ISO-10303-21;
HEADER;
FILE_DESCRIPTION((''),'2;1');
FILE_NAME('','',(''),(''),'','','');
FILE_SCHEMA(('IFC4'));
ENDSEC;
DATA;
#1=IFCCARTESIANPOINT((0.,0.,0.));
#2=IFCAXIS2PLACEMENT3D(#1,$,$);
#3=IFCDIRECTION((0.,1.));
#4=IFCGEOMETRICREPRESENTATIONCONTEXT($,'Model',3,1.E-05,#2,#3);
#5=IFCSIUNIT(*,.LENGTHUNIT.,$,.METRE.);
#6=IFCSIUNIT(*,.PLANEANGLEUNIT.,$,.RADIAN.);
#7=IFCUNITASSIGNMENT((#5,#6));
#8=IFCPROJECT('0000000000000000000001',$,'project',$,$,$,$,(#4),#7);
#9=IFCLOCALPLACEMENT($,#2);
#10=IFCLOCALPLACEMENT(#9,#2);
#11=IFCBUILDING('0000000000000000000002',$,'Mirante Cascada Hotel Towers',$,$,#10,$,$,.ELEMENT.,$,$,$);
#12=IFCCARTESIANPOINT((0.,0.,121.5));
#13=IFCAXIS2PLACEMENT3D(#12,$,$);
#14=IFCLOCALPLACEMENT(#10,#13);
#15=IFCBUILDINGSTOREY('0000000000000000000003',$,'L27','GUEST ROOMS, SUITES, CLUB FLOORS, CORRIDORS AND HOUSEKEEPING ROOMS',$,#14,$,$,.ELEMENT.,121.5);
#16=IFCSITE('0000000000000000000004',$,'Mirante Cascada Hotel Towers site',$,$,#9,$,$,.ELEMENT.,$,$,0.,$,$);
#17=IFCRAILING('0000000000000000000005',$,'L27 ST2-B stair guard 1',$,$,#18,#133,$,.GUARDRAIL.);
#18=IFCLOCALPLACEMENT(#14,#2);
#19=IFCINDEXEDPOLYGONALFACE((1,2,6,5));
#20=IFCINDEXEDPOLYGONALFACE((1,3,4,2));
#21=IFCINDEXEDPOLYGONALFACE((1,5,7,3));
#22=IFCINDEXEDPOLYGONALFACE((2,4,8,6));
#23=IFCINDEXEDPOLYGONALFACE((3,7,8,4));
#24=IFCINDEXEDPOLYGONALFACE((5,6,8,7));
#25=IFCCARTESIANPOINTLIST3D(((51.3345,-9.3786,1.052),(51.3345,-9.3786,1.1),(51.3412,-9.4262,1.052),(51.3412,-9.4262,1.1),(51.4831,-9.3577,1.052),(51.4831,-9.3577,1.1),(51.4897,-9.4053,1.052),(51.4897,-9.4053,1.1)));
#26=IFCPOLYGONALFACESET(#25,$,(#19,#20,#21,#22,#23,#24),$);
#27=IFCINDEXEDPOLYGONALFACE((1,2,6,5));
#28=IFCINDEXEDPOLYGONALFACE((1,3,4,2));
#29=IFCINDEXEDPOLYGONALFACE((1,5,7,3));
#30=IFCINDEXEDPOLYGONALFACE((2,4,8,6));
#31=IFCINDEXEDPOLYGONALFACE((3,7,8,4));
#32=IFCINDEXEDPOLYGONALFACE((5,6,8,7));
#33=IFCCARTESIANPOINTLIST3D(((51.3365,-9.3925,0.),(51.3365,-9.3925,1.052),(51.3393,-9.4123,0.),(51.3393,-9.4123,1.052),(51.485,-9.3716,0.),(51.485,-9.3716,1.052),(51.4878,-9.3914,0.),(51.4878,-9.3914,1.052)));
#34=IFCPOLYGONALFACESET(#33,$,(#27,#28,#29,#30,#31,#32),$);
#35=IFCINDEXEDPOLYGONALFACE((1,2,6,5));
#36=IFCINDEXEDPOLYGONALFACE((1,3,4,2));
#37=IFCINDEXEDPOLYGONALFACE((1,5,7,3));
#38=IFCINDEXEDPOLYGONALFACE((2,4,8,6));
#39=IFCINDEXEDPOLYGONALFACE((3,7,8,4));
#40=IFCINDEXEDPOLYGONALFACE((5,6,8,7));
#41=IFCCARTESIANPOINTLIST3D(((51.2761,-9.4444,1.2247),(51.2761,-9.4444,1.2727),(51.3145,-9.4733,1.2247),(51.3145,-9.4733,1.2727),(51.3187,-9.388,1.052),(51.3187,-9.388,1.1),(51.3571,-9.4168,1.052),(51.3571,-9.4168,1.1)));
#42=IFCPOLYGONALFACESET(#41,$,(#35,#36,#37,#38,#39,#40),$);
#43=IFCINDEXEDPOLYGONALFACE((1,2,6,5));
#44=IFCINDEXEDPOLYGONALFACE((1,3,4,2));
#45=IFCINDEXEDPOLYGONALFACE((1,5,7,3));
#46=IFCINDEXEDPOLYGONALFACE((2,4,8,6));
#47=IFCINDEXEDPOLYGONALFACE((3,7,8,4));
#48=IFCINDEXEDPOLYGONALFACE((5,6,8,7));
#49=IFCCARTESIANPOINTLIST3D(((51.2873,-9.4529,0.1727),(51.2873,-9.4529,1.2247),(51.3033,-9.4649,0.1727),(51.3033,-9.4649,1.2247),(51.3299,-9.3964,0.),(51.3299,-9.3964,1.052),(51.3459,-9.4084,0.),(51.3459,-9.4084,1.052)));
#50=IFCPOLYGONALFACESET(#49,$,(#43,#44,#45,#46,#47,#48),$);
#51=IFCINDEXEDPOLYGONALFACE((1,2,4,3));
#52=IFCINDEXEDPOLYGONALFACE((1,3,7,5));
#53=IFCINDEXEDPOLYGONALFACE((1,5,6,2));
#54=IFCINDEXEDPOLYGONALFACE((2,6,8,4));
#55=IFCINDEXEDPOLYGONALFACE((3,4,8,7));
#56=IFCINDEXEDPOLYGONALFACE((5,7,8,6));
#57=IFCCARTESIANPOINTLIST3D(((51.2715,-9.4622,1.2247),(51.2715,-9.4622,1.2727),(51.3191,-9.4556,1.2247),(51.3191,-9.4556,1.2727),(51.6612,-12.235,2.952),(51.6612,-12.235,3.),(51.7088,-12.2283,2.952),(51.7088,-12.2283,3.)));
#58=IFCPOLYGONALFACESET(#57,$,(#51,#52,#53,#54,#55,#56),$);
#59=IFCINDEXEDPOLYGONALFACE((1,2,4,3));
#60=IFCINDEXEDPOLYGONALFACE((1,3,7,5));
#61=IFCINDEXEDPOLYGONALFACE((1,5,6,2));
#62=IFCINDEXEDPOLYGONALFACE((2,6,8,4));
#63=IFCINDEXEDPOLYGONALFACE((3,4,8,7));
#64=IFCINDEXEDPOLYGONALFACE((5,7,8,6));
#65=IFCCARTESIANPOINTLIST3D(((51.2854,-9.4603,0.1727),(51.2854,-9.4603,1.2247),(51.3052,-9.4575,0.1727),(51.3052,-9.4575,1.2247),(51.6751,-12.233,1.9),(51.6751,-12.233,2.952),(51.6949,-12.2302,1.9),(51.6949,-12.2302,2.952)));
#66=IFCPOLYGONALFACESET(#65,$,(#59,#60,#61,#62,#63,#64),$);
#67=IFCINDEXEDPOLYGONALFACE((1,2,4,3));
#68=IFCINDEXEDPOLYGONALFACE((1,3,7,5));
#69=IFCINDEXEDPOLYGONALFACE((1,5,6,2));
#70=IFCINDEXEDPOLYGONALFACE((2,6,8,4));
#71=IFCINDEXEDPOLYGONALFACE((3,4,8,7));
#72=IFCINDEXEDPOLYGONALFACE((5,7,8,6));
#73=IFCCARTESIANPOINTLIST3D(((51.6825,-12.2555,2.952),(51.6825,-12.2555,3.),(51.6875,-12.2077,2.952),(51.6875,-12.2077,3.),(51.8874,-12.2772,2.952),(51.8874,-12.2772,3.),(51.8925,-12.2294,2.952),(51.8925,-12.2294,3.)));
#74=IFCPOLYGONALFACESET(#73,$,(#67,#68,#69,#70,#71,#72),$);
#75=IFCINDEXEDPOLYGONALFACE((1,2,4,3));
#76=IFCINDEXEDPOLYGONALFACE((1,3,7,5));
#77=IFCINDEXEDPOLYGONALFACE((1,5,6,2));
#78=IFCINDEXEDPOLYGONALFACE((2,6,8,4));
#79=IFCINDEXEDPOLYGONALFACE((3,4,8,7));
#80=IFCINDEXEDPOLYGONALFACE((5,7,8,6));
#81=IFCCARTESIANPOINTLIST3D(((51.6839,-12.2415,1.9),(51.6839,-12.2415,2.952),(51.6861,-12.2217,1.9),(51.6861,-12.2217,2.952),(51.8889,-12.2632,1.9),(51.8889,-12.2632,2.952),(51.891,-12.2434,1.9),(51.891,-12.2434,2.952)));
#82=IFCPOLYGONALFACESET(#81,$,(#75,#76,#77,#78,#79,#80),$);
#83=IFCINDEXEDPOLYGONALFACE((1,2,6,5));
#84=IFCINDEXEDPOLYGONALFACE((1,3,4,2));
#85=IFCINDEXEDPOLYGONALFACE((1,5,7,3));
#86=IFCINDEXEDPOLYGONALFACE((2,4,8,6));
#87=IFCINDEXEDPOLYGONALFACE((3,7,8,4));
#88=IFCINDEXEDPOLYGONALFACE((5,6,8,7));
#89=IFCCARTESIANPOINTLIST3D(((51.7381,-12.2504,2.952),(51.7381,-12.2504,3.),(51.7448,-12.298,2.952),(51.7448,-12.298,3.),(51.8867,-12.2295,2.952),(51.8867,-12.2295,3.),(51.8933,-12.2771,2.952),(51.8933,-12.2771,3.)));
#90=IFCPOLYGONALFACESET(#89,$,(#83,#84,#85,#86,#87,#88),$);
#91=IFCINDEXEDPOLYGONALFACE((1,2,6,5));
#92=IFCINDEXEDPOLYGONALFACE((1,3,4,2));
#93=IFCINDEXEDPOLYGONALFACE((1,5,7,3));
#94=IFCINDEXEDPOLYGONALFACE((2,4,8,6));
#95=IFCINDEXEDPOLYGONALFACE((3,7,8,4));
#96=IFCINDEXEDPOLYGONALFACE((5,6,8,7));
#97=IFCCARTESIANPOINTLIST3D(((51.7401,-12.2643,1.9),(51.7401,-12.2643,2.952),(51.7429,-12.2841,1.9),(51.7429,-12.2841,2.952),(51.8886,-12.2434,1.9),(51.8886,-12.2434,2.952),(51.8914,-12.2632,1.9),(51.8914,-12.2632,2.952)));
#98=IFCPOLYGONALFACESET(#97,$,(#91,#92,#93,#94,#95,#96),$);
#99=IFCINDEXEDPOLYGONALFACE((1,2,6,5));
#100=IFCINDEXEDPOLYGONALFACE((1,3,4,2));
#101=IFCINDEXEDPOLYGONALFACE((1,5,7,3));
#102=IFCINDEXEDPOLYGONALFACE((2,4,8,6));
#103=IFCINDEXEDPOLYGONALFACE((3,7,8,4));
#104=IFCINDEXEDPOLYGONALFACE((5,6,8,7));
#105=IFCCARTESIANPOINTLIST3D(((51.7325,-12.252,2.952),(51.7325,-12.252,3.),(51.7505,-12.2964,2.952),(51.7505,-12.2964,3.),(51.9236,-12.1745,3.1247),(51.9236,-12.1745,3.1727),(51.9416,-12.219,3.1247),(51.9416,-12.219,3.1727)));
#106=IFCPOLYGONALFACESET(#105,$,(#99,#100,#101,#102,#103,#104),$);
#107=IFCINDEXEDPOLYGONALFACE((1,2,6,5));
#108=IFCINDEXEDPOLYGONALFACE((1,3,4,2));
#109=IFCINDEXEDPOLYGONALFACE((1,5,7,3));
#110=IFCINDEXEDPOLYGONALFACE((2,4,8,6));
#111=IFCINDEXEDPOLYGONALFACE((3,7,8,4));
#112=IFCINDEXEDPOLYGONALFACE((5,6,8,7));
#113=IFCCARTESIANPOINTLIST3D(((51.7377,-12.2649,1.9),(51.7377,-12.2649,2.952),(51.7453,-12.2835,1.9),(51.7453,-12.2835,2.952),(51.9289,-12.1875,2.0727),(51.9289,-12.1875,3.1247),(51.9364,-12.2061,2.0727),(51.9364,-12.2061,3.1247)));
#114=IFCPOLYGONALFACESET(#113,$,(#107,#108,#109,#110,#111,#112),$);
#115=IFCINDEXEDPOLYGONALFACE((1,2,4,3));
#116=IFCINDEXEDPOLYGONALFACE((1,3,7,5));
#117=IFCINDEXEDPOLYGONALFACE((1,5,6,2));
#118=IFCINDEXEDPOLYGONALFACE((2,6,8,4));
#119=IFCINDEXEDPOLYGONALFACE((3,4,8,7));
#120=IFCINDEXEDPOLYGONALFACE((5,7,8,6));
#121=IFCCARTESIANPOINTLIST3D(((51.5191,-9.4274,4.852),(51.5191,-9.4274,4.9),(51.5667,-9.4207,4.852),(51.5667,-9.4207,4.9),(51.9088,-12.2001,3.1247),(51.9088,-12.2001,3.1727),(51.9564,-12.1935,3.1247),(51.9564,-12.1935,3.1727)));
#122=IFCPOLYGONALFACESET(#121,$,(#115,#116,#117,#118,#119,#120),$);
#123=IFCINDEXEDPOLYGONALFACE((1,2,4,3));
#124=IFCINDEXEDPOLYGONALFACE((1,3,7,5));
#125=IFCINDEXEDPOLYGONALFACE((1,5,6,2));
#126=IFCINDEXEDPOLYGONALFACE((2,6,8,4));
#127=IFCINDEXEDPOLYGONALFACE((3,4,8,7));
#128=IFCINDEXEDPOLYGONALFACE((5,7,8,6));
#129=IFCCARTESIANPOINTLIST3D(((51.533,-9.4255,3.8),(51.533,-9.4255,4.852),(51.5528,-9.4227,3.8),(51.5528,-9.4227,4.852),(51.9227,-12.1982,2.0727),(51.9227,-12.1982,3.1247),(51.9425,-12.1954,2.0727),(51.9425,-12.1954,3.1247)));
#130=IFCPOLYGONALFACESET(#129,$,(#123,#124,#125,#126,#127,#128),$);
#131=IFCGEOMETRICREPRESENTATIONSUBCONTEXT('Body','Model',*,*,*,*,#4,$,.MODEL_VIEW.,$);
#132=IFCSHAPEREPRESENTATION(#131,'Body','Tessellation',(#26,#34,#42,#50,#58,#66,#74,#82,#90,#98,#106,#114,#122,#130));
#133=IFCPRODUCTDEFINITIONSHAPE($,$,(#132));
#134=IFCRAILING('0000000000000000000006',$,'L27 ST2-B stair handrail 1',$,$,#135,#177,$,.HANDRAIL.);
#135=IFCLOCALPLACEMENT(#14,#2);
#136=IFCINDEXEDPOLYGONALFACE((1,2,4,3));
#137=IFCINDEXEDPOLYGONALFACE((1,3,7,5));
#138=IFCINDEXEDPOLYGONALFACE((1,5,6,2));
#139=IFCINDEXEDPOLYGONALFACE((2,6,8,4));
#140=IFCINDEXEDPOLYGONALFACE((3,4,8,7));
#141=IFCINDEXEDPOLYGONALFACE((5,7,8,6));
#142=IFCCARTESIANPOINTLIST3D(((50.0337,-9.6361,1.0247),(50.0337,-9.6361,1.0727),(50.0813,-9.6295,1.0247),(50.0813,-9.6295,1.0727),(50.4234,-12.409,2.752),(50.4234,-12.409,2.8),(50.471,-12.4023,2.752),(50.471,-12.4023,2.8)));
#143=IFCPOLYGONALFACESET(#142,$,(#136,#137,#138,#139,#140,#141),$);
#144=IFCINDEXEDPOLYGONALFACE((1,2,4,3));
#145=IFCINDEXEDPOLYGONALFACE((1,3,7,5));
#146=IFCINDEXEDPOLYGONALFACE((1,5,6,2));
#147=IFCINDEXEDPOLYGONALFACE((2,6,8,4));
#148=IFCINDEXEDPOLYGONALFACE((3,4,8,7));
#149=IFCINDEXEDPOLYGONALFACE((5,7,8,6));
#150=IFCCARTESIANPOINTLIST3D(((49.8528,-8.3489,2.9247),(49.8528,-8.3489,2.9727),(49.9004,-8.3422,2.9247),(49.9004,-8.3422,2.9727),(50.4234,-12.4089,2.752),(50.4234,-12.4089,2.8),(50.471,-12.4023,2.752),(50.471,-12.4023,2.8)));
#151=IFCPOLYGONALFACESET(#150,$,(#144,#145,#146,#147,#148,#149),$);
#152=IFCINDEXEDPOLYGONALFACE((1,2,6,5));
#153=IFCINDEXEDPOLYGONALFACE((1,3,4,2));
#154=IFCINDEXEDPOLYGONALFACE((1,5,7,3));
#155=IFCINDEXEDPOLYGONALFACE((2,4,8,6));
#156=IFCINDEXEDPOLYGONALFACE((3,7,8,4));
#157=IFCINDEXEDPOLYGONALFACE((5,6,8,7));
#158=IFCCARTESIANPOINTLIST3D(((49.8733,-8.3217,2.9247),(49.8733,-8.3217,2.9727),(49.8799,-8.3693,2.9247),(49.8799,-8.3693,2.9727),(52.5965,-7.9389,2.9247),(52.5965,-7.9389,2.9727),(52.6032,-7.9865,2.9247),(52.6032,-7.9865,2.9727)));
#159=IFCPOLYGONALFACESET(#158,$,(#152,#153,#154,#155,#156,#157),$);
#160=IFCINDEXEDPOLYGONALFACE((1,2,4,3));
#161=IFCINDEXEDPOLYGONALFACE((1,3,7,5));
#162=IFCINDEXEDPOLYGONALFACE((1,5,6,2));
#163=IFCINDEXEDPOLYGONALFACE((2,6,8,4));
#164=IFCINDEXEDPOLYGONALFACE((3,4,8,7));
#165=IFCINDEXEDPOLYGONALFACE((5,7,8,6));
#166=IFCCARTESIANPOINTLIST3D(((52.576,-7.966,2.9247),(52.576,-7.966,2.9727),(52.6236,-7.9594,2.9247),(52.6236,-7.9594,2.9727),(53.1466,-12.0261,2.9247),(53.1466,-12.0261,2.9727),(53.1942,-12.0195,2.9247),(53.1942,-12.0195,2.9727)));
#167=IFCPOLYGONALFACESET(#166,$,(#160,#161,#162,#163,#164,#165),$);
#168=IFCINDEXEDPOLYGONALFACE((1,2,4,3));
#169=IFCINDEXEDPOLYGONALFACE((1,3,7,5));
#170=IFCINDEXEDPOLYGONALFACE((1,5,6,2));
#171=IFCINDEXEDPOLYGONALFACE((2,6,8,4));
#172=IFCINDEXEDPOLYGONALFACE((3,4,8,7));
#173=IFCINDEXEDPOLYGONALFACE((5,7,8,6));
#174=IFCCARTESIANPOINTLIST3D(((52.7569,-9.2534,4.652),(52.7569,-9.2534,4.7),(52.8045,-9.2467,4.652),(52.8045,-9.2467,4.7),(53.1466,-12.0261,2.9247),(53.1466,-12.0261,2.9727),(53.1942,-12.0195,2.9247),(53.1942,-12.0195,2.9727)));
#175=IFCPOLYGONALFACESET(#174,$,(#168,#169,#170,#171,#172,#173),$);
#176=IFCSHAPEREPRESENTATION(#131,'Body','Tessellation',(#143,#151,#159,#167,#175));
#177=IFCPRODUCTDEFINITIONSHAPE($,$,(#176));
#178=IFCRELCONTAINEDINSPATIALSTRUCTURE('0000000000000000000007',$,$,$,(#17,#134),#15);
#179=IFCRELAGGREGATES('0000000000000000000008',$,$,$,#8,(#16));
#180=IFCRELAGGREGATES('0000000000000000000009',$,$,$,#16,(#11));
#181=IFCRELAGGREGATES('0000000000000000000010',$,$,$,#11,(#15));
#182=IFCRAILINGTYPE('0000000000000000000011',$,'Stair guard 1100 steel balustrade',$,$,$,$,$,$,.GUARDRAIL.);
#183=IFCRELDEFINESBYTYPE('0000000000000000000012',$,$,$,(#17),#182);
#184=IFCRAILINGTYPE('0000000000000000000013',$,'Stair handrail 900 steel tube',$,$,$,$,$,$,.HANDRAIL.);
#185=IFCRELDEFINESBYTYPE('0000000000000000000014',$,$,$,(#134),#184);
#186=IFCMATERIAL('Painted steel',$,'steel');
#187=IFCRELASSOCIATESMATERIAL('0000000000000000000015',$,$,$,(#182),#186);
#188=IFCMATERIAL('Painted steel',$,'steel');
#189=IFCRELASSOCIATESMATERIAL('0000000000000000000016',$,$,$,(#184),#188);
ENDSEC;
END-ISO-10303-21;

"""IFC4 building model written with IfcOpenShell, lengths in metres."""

from ifc_helpers import new_model, si_unit, direction, frame, origin, origin_2d, place, context, subcontext, project, spatial, rectangle, extrude, material, type_object, element, save


model = new_model("IFC4")

# Units and contexts
model_context = context("Model", 3, precision=1e-05, world=origin(), true_north=direction((0.0, 1.0)))
body_context = subcontext(model_context, "Body", "Model", "MODEL_VIEW")
ifc_project = project(units=[si_unit("LENGTHUNIT", "METRE"), si_unit("PLANEANGLEUNIT", "RADIAN")], contexts=[model_context])

# Site, building, storey
site_placement = place(None, origin())
site = spatial("IfcSite", under=ifc_project, at=site_placement, Name="Mirante Cascada Hotel Towers site", CompositionType="ELEMENT", RefElevation=0.0)
building_placement = place(site_placement, origin())
building = spatial("IfcBuilding", under=site, at=building_placement, Name="Mirante Cascada Hotel Towers", CompositionType="ELEMENT")
storey_placement = place(building_placement, frame((0.0, 0.0, 121.5)))
storey = spatial("IfcBuildingStorey", under=building, at=storey_placement, Name="L27", Description="GUEST ROOMS, SUITES, CLUB FLOORS, CORRIDORS AND HOUSEKEEPING ROOMS", CompositionType="ELEMENT", Elevation=121.5)

# Railings
ifc_material_1 = material(Name="Painted steel", Category="steel")
railing_type_1 = type_object("IfcRailingType", Name="Stair guard 1100 steel balustrade", PredefinedType="GUARDRAIL", material=ifc_material_1)
railing_1_placement = place(storey_placement, frame((51.4864, -9.3815, 0.0)))
element("IfcRailing", 1, at=railing_1_placement, inside=storey, type_object=railing_type_1, Name="L27 ST2-B stair guard 1", PredefinedType="GUARDRAIL", context=body_context, shape_type="SweptSolid", body=[
    extrude(rectangle(XDim=0.048, YDim=0.048, at=origin_2d()), frame((0.0, 0.0, 1.076), z_axis=(-0.990241, -0.139367, 0.0), x_axis=(0.139367, -0.990241, 0.0)), (0.0, 0.0, 1.0), 0.15),
    extrude(rectangle(XDim=0.02, YDim=1.052, at=origin_2d()), frame((0.0, 0.0, 0.526), z_axis=(-0.990241, -0.139367, 0.0), x_axis=(0.139367, -0.990241, 0.0)), (0.0, 0.0, 1.0), 0.15),
    extrude(rectangle(XDim=0.048, YDim=0.048, at=origin_2d()), frame((-0.1485, -0.0209, 1.076), z_axis=(-0.602033, -0.798471, 0.0), x_axis=(0.798471, -0.602033, 0.0)), (0.0, 0.92534, 0.379139), 0.1866),
    extrude(rectangle(XDim=0.02, YDim=1.052, at=origin_2d()), frame((-0.1485, -0.0209, 0.526), z_axis=(-0.602033, -0.798471, 0.0), x_axis=(0.798471, -0.602033, 0.0)), (0.0, 0.92534, 0.379139), 0.1866),
    extrude(rectangle(XDim=0.048, YDim=0.048, at=origin_2d()), frame((-0.1911, -0.0774, 1.2487), z_axis=(0.139181, -0.990267, 0.0), x_axis=(0.990267, 0.139181, 0.0)), (0.0, 0.525035, 0.851081), 3.2899),
    extrude(rectangle(XDim=0.02, YDim=1.052, at=origin_2d()), frame((-0.1911, -0.0774, 0.6987), z_axis=(0.139181, -0.990267, 0.0), x_axis=(0.990267, 0.139181, 0.0)), (0.0, 0.525035, 0.851081), 3.2899),
    extrude(rectangle(XDim=0.048, YDim=0.048, at=origin_2d()), frame((0.1986, -2.8501, 2.976), z_axis=(0.994444, -0.105266, 0.0), x_axis=(0.105266, 0.994444, 0.0)), (0.0, 0.0, 1.0), 0.2061),
    extrude(rectangle(XDim=0.02, YDim=1.052, at=origin_2d()), frame((0.1986, -2.8501, 2.426), z_axis=(0.994444, -0.105266, 0.0), x_axis=(0.105266, 0.994444, 0.0)), (0.0, 0.0, 1.0), 0.2061),
    extrude(rectangle(XDim=0.048, YDim=0.048, at=origin_2d()), frame((0.4036, -2.8718, 2.976), z_axis=(-0.990241, -0.139367, 0.0), x_axis=(0.139367, -0.990241, 0.0)), (0.0, 0.0, 1.0), 0.15),
    extrude(rectangle(XDim=0.02, YDim=1.052, at=origin_2d()), frame((0.4036, -2.8718, 2.426), z_axis=(-0.990241, -0.139367, 0.0), x_axis=(0.139367, -0.990241, 0.0)), (0.0, 0.0, 1.0), 0.15),
    extrude(rectangle(XDim=0.048, YDim=0.048, at=origin_2d()), frame((0.2551, -2.8927, 2.976), z_axis=(0.926862, 0.375401, 0.0), x_axis=(-0.375401, 0.926862, 0.0)), (0.0, 0.642122, 0.766603), 0.269),
    extrude(rectangle(XDim=0.02, YDim=1.052, at=origin_2d()), frame((0.2551, -2.8927, 2.426), z_axis=(0.926862, 0.375401, 0.0), x_axis=(-0.375401, 0.926862, 0.0)), (0.0, 0.642122, 0.766603), 0.269),
    extrude(rectangle(XDim=0.048, YDim=0.048, at=origin_2d()), frame((0.4462, -2.8153, 3.1487), z_axis=(-0.139181, 0.990267, 0.0), x_axis=(-0.990267, -0.139181, 0.0)), (0.0, 0.525035, 0.851081), 3.2899),
    extrude(rectangle(XDim=0.02, YDim=1.052, at=origin_2d()), frame((0.4462, -2.8153, 2.5987), z_axis=(-0.139181, 0.990267, 0.0), x_axis=(-0.990267, -0.139181, 0.0)), (0.0, 0.525035, 0.851081), 3.2899),
])
ifc_material_2 = material(Name="Painted steel", Category="steel")
railing_type_2 = type_object("IfcRailingType", Name="Stair handrail 900 steel tube", PredefinedType="HANDRAIL", material=ifc_material_2)
railing_2_placement = place(storey_placement, frame((50.0575, -9.6328, 0.1727)))
element("IfcRailing", 2, at=railing_2_placement, inside=storey, type_object=railing_type_2, Name="L27 ST2-B stair handrail 1", PredefinedType="HANDRAIL", context=body_context, shape_type="SweptSolid", body=[
    extrude(rectangle(XDim=0.048, YDim=0.048, at=origin_2d()), frame((0.0, 0.0, 0.876), z_axis=(0.139176, -0.990268, 0.0), x_axis=(0.990268, 0.139176, 0.0)), (0.0, 0.525021, 0.851089), 3.29),
    extrude(rectangle(XDim=0.048, YDim=0.048, at=origin_2d()), frame((0.3897, -2.7728, 2.6033), z_axis=(-0.139171, 0.990268, 0.0), x_axis=(-0.990268, -0.139171, 0.0)), (0.0, 0.042085, 0.999114), 4.1036),
    extrude(rectangle(XDim=0.048, YDim=0.048, at=origin_2d()), frame((-0.1809, 1.2873, 2.776), z_axis=(0.990264, 0.139201, 0.0), x_axis=(-0.139201, 0.990264, 0.0)), (0.0, 0.0, 1.0), 2.75),
    extrude(rectangle(XDim=0.048, YDim=0.048, at=origin_2d()), frame((2.5423, 1.6701, 2.776), z_axis=(0.139171, -0.990268, 0.0), x_axis=(0.990268, 0.139171, 0.0)), (0.0, 0.0, 1.0), 4.1),
    extrude(rectangle(XDim=0.048, YDim=0.048, at=origin_2d()), frame((3.1129, -2.39, 2.776), z_axis=(-0.139181, 0.990267, 0.0), x_axis=(-0.990267, -0.139181, 0.0)), (0.0, 0.525035, 0.851081), 3.2899),
])

save(model, "model.ifc")
